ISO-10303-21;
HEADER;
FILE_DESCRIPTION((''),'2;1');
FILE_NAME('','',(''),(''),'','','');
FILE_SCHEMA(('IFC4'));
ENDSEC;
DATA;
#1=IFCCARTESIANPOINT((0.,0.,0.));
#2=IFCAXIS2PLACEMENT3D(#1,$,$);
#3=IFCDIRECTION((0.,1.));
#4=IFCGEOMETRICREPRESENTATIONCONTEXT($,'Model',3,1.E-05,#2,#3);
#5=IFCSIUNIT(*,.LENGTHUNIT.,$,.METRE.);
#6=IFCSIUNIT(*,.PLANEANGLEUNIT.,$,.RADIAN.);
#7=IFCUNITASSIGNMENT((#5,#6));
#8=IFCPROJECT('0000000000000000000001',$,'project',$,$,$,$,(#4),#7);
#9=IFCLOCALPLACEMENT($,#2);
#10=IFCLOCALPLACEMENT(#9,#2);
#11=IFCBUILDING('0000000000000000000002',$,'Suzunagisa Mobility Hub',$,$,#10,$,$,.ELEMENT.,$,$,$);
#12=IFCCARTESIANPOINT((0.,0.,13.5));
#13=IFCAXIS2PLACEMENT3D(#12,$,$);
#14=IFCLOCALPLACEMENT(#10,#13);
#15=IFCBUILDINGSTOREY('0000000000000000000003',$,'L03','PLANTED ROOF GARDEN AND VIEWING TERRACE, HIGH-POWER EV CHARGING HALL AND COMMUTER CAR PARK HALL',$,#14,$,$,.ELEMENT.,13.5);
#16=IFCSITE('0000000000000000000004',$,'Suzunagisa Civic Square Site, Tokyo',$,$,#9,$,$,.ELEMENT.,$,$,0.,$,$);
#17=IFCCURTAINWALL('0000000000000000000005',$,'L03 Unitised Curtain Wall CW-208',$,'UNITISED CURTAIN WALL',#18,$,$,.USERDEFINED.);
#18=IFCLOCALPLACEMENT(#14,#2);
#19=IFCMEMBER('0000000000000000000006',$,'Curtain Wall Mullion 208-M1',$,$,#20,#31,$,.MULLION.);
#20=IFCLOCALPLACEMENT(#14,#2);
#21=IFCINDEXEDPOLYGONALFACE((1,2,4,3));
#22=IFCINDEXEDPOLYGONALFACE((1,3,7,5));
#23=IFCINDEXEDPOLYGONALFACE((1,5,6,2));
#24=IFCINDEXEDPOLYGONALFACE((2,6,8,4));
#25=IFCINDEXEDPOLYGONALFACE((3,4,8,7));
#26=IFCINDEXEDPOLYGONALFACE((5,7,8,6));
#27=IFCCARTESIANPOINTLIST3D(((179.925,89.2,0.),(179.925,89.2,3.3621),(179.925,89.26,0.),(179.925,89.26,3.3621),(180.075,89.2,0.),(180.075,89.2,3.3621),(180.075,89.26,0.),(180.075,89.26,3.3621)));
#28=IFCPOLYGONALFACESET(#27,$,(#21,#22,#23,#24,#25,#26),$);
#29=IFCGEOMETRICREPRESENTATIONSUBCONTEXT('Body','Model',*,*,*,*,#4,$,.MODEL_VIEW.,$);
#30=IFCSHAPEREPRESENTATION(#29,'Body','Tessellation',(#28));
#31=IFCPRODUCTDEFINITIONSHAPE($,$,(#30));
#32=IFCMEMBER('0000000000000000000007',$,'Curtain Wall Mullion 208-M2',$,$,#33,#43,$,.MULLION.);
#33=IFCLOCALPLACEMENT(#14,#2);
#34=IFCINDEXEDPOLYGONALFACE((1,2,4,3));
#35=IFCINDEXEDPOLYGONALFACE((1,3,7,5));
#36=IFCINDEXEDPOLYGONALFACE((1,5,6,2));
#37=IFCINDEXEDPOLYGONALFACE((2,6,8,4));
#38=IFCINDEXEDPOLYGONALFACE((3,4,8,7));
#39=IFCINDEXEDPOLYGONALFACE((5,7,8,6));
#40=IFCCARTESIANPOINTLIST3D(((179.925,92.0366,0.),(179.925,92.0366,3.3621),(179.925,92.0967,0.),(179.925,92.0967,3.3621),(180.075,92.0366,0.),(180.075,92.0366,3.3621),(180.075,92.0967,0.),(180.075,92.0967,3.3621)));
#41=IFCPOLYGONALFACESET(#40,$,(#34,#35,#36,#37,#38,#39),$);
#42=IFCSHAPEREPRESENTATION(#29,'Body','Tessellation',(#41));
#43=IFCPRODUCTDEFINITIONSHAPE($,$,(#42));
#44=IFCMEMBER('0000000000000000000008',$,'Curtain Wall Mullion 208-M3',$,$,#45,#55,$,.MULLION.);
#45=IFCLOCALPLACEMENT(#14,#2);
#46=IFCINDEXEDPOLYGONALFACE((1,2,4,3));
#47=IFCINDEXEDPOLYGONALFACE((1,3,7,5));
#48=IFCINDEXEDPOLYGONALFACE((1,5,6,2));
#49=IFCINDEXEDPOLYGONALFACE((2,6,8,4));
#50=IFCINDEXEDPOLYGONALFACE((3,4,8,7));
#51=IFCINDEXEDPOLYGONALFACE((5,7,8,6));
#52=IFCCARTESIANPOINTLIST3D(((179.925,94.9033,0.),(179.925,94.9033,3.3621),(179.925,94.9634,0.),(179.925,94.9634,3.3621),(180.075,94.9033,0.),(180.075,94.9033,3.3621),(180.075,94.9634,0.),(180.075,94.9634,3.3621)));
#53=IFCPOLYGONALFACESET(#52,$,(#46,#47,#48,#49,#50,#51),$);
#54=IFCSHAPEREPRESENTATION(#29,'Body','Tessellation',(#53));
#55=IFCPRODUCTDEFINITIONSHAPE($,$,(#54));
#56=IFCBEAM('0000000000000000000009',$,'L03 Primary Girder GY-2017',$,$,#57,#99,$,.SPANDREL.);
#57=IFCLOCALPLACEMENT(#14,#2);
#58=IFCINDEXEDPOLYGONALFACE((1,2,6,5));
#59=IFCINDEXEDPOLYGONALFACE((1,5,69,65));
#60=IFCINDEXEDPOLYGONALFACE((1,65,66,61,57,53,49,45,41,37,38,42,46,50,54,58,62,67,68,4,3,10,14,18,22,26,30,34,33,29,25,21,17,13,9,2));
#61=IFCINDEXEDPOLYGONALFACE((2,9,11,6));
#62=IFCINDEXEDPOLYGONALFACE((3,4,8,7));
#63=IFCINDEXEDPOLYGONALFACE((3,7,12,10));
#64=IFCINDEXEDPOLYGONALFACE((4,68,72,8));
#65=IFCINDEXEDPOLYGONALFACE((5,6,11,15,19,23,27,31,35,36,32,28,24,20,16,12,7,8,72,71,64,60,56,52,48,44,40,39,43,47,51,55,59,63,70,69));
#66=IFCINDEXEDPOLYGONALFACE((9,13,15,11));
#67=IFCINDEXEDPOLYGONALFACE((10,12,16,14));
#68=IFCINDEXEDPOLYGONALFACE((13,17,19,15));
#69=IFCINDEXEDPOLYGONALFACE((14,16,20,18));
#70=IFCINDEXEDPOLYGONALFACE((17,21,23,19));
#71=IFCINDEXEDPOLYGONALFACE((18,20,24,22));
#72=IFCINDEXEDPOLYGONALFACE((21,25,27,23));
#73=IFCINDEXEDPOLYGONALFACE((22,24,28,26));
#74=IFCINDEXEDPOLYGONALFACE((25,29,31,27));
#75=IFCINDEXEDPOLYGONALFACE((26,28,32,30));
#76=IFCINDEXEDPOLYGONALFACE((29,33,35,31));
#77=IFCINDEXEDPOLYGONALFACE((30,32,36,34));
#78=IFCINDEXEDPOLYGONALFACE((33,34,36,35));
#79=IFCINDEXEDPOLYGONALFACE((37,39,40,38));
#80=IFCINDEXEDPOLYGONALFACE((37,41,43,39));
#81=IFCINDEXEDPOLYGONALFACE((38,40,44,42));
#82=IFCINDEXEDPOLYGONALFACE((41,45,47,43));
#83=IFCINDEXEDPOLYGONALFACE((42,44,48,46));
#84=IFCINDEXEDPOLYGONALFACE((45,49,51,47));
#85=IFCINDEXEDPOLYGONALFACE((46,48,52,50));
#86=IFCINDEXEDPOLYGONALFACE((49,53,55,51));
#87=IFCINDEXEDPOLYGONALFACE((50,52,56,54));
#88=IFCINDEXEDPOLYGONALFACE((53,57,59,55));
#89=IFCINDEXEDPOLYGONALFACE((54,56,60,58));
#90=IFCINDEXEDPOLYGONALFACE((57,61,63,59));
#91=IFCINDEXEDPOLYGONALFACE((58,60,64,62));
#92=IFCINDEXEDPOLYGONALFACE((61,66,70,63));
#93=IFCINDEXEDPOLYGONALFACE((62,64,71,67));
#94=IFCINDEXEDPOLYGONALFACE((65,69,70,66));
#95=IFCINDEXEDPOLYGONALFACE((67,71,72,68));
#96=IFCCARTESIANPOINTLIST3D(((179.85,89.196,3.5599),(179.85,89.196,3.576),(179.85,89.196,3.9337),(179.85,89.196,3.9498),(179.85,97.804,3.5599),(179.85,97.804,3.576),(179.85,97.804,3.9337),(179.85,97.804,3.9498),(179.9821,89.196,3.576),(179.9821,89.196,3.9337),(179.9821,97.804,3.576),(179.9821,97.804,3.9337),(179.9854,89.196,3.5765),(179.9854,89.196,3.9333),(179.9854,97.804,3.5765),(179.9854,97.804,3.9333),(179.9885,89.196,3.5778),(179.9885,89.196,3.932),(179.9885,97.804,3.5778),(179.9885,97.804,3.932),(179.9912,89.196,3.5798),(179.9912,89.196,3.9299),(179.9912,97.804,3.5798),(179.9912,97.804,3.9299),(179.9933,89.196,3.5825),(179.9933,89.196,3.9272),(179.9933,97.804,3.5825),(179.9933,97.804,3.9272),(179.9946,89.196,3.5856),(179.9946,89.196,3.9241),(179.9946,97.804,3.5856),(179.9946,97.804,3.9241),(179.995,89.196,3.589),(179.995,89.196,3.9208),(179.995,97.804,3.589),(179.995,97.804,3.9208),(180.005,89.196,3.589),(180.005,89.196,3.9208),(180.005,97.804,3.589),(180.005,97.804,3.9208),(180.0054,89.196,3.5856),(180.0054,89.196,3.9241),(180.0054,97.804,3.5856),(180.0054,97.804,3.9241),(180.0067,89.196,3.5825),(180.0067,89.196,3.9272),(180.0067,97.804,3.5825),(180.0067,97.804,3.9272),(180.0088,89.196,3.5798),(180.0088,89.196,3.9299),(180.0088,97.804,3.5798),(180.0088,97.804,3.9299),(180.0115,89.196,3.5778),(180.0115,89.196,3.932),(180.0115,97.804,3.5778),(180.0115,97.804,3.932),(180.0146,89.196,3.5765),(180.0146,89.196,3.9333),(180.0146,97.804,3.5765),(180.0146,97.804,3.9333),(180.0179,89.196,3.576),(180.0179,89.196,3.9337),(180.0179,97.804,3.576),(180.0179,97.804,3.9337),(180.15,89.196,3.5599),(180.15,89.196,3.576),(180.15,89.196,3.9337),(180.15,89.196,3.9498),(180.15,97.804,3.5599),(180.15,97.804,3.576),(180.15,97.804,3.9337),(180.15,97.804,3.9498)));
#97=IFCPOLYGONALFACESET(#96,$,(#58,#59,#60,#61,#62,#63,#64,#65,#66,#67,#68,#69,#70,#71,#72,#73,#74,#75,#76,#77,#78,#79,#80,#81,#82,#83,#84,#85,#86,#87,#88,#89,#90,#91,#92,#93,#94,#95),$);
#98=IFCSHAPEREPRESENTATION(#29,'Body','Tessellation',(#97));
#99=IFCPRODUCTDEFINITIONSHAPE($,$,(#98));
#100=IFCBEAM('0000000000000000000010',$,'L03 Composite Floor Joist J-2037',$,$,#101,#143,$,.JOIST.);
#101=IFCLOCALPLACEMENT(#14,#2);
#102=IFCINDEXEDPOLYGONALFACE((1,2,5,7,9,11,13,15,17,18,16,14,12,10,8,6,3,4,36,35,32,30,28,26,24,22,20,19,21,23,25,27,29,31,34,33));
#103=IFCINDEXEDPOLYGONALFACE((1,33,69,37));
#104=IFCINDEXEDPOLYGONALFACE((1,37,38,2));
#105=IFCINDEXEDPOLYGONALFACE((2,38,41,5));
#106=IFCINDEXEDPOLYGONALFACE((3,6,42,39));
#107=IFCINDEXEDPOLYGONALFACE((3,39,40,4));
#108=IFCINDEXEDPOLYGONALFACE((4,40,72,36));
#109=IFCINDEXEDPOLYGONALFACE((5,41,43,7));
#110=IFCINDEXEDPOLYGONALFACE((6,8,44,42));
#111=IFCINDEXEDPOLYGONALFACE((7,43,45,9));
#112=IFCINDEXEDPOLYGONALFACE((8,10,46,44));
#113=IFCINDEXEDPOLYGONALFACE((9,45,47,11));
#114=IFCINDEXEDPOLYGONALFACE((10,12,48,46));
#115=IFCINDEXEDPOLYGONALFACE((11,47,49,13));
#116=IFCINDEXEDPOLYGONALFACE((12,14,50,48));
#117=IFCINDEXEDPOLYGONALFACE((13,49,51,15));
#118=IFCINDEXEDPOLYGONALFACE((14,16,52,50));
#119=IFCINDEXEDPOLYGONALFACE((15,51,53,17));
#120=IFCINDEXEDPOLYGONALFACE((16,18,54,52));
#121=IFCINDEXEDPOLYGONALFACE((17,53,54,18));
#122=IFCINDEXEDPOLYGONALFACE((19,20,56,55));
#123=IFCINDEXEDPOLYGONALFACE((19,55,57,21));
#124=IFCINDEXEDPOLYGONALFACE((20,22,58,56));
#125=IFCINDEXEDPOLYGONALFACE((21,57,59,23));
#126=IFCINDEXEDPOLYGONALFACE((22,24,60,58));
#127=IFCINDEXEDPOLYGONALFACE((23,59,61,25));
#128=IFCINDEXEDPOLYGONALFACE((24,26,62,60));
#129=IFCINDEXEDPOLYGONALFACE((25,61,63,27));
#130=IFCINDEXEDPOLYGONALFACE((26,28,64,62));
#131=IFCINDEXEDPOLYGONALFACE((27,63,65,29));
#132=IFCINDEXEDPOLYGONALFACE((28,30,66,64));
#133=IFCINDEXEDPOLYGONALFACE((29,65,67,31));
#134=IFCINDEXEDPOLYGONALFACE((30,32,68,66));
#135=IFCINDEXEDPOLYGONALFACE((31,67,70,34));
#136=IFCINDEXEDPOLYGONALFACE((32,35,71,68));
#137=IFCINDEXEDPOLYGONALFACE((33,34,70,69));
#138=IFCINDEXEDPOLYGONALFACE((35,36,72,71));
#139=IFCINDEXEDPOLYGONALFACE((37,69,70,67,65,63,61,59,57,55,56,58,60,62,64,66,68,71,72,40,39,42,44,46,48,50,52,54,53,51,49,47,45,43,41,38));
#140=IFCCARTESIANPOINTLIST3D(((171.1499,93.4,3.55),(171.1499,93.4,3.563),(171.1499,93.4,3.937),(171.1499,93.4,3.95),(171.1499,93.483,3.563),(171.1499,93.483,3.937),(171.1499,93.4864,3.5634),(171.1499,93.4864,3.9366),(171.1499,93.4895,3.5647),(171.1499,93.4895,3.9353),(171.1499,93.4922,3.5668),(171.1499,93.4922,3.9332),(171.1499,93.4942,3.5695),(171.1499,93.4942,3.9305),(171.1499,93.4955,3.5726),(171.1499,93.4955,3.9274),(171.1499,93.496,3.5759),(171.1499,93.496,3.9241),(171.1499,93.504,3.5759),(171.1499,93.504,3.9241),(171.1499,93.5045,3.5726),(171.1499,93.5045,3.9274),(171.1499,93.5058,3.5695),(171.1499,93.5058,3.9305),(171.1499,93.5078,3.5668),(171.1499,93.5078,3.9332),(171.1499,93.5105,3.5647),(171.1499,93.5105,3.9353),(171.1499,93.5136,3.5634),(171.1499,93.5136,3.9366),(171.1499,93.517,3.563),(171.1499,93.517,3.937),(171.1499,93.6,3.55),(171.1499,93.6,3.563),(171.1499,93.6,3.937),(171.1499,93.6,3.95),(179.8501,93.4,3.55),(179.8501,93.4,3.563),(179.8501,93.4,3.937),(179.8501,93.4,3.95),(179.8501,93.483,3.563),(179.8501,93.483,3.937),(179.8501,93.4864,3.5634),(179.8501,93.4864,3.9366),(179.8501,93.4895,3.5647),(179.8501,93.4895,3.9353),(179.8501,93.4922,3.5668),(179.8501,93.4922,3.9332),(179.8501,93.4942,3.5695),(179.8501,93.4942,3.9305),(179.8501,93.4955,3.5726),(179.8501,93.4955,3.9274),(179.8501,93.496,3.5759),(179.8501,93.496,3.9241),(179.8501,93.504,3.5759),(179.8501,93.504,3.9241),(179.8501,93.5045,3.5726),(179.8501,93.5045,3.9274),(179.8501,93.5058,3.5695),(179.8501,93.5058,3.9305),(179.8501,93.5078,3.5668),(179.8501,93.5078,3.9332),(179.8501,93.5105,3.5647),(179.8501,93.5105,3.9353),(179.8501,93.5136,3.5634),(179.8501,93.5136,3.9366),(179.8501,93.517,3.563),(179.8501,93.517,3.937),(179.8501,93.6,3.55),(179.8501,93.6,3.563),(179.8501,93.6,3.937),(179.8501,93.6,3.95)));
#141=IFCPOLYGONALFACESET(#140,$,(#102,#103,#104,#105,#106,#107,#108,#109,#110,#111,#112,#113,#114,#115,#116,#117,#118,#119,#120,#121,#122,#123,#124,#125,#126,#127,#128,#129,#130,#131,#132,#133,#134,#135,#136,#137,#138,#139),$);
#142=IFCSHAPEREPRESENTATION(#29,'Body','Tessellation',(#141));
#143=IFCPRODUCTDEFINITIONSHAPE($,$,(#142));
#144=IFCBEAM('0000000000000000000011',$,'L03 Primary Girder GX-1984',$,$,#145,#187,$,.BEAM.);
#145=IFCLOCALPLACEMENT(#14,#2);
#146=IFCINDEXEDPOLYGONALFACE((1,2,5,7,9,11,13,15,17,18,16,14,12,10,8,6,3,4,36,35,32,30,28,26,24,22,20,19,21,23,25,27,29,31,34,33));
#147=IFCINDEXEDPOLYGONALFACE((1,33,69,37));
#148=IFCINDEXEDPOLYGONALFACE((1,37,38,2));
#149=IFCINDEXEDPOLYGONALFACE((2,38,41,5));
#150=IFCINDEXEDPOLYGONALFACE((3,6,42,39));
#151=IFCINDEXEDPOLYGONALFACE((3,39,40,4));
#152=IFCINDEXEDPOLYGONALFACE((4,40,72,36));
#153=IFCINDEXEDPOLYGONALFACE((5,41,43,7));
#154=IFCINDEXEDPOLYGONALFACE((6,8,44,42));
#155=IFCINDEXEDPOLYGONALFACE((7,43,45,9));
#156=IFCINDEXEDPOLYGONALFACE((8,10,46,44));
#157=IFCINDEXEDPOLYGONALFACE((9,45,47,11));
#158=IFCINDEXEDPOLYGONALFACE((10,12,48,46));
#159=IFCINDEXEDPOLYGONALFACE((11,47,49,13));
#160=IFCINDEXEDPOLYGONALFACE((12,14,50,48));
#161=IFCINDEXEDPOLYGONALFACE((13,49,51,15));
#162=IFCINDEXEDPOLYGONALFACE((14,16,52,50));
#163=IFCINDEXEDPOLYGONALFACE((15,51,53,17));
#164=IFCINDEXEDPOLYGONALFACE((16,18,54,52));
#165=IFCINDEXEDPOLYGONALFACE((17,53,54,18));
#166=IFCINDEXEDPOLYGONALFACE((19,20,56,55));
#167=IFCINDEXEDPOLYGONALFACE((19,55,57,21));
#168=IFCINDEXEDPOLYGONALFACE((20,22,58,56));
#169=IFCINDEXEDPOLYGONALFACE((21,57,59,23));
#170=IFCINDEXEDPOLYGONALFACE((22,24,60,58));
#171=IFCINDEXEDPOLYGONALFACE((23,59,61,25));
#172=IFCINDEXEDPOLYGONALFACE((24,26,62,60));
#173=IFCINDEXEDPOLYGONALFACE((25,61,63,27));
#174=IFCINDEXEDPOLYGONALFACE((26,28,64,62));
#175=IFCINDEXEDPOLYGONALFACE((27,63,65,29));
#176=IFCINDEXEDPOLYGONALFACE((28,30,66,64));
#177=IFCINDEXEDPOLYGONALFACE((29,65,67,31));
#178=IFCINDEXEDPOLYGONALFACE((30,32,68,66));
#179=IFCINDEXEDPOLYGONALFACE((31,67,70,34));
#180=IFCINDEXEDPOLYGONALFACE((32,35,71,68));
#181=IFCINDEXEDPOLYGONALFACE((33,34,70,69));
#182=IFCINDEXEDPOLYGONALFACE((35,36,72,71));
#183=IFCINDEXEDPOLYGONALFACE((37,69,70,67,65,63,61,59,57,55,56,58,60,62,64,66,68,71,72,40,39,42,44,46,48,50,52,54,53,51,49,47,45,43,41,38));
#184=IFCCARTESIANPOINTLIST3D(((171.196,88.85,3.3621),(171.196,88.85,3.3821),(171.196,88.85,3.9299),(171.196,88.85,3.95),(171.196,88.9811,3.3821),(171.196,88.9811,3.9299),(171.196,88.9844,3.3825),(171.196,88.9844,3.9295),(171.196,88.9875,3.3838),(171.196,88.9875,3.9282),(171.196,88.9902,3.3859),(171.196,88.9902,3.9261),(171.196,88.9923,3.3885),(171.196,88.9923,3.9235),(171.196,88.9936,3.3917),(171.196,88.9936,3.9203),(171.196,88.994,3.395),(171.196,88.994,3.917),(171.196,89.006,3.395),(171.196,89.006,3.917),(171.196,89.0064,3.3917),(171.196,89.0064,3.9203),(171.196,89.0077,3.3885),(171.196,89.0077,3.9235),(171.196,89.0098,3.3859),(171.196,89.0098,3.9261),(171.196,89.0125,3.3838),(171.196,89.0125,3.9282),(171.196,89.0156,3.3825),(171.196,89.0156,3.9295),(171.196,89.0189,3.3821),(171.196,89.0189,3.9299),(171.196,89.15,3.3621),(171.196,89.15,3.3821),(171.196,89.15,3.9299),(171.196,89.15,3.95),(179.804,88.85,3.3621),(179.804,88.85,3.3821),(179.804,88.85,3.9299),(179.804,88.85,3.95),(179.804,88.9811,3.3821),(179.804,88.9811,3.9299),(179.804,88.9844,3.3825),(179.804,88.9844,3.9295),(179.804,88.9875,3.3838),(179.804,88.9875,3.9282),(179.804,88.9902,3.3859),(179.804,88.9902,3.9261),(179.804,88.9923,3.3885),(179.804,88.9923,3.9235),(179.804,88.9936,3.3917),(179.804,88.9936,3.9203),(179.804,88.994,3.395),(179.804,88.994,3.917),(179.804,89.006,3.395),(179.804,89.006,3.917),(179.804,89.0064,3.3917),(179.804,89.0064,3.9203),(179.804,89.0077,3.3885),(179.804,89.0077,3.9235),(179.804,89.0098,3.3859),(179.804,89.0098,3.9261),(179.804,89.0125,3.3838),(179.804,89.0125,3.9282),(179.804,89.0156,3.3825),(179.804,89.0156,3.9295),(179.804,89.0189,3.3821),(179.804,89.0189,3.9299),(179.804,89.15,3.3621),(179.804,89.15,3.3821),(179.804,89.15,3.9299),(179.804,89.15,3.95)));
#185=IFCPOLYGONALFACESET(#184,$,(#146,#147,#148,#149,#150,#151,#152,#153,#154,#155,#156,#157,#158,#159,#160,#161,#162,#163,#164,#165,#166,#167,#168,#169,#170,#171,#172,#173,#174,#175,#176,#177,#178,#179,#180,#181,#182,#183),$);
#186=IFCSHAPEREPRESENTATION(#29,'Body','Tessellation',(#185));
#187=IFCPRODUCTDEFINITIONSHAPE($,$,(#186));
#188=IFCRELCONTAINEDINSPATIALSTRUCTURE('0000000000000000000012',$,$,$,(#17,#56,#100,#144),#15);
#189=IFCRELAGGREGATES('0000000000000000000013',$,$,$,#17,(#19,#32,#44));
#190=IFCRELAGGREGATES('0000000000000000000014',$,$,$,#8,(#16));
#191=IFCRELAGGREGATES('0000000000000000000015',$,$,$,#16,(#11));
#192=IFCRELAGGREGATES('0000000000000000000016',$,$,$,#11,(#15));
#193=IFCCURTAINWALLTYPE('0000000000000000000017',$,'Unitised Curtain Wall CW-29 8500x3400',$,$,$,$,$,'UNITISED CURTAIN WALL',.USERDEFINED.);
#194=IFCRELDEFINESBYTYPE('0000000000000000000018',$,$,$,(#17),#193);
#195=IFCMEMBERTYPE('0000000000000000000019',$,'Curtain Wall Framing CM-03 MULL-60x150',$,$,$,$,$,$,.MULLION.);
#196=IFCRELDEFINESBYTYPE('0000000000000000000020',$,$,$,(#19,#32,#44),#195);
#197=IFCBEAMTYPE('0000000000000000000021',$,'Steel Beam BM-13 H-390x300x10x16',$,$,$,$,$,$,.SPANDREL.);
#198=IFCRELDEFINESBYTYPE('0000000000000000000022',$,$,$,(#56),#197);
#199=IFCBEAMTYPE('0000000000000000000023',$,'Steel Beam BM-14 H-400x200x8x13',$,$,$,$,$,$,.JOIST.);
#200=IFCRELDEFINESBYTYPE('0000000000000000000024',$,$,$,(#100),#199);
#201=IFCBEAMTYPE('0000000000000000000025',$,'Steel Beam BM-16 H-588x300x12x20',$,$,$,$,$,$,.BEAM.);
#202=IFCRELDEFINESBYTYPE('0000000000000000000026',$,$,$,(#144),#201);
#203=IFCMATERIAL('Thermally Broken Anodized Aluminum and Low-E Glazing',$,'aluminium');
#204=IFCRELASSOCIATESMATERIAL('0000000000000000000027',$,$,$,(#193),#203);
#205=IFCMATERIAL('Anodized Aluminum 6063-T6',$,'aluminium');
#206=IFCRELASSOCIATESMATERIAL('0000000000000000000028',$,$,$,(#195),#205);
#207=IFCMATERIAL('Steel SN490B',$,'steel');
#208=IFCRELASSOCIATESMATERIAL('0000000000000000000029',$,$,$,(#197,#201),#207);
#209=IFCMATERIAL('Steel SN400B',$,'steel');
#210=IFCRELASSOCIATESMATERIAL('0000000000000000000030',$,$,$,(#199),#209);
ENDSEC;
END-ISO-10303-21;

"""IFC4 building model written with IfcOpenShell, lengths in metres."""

from ifc_helpers import new_model, si_unit, direction, frame, origin, origin_2d, place, context, subcontext, project, spatial, rectangle, i_section, extrude, material, material_profile, profile_set, type_object, element, aggregate, save


model = new_model("IFC4")

# Units and contexts
model_context = context("Model", 3, precision=1e-05, world=origin(), true_north=direction((0.0, 1.0)))
body_context = subcontext(model_context, "Body", "Model", "MODEL_VIEW")
ifc_project = project(units=[si_unit("LENGTHUNIT", "METRE"), si_unit("PLANEANGLEUNIT", "RADIAN")], contexts=[model_context])

# Site, building, storey
site_placement = place(None, origin())
site = spatial("IfcSite", under=ifc_project, at=site_placement, Name="Suzunagisa Civic Square Site, Tokyo", CompositionType="ELEMENT", RefElevation=0.0)
building_placement = place(site_placement, origin())
building = spatial("IfcBuilding", under=site, at=building_placement, Name="Suzunagisa Mobility Hub", CompositionType="ELEMENT")
storey_placement = place(building_placement, frame((0.0, 0.0, 13.5)))
storey = spatial("IfcBuildingStorey", under=building, at=storey_placement, Name="L03", Description="PLANTED ROOF GARDEN AND VIEWING TERRACE, HIGH-POWER EV CHARGING HALL AND COMMUTER CAR PARK HALL", CompositionType="ELEMENT", Elevation=13.5)

# Shared definitions
ifc_material_1 = material(Name="Steel SN490B", Category="steel")

# Curtain wall, members
ifc_material_2 = material(Name="Thermally Broken Anodized Aluminum and Low-E Glazing", Category="aluminium")
curtain_wall_type = type_object("IfcCurtainWallType", Name="Unitised Curtain Wall CW-29 8500x3400", ElementType="UNITISED CURTAIN WALL", PredefinedType="USERDEFINED", material=ifc_material_2)
curtain_wall_placement = place(storey_placement, origin())
curtain_wall = element("IfcCurtainWall", 1, at=curtain_wall_placement, inside=storey, type_object=curtain_wall_type, Name="L03 Unitised Curtain Wall CW-208", ObjectType="UNITISED CURTAIN WALL", PredefinedType="USERDEFINED")
ifc_material_3 = material(Name="Anodized Aluminum 6063-T6", Category="aluminium")
ifc_material_profile_1 = material_profile(ifc_material_3, rectangle(XDim=0.0601, YDim=0.1499, at=origin_2d()), Name="MULL-60x150")
ifc_profile_set_1 = profile_set([ifc_material_profile_1], Name="Anodized Aluminum 6063-T6")
member_type_1 = type_object("IfcMemberType", Name="Curtain Wall Framing CM-03 MULL-60x150", PredefinedType="MULLION", material=ifc_profile_set_1)
member_1_placement = place(storey_placement, frame((180.0, 89.23, 0.0), z_axis=(0.0, 0.0, 1.0), x_axis=(0.0, 1.0, 0.0)))
member_1 = element("IfcMember", 2, at=member_1_placement, type_object=member_type_1, Name="Curtain Wall Mullion 208-M1", PredefinedType="MULLION", context=body_context, shape_type="SweptSolid", body=[
    extrude(rectangle(XDim=0.0601, YDim=0.1499, at=origin_2d()), origin(), (0.0, 0.0, 1.0), 3.3621),
])
member_2_placement = place(storey_placement, frame((180.0, 92.0667, 0.0), z_axis=(0.0, 0.0, 1.0), x_axis=(0.0, 1.0, 0.0)))
member_2 = element("IfcMember", 3, at=member_2_placement, type_object=member_type_1, Name="Curtain Wall Mullion 208-M2", PredefinedType="MULLION", context=body_context, shape_type="SweptSolid", body=[
    extrude(rectangle(XDim=0.0601, YDim=0.1499, at=origin_2d()), origin(), (0.0, 0.0, 1.0), 3.3621),
])
member_3_placement = place(storey_placement, frame((180.0, 94.9333, 0.0), z_axis=(0.0, 0.0, 1.0), x_axis=(0.0, 1.0, 0.0)))
member_3 = element("IfcMember", 4, at=member_3_placement, type_object=member_type_1, Name="Curtain Wall Mullion 208-M3", PredefinedType="MULLION", context=body_context, shape_type="SweptSolid", body=[
    extrude(rectangle(XDim=0.0601, YDim=0.1499, at=origin_2d()), origin(), (0.0, 0.0, 1.0), 3.3621),
])

# Beams
ifc_material_profile_2 = material_profile(ifc_material_1, i_section(OverallWidth=0.3, OverallDepth=0.3899, WebThickness=0.01, FlangeThickness=0.0161, FilletRadius=0.0129, at=origin_2d()), Name="H-390x300x10x16")
ifc_profile_set_2 = profile_set([ifc_material_profile_2], Name="Steel SN490B")
beam_type_1 = type_object("IfcBeamType", Name="Steel Beam BM-13 H-390x300x10x16", PredefinedType="SPANDREL", material=ifc_profile_set_2)
beam_1_placement = place(storey_placement, frame((180.0, 89.196, 3.7549), z_axis=(0.0, 1.0, 0.0), x_axis=(-1.0, 0.0, 0.0)))
element("IfcBeam", 5, at=beam_1_placement, inside=storey, type_object=beam_type_1, Name="L03 Primary Girder GY-2017", PredefinedType="SPANDREL", context=body_context, shape_type="SweptSolid", body=[
    extrude(i_section(OverallWidth=0.3, OverallDepth=0.3899, WebThickness=0.01, FlangeThickness=0.0161, FilletRadius=0.0129, at=origin_2d()), origin(), (0.0, 0.0, 1.0), 8.6079),
])
ifc_material_4 = material(Name="Steel SN400B", Category="steel")
ifc_material_profile_3 = material_profile(ifc_material_4, i_section(OverallWidth=0.2, OverallDepth=0.3999, WebThickness=0.0081, FlangeThickness=0.0129, FilletRadius=0.0129, at=origin_2d()), Name="H-400x200x8x13")
ifc_profile_set_3 = profile_set([ifc_material_profile_3], Name="Steel SN400B")
beam_type_2 = type_object("IfcBeamType", Name="Steel Beam BM-14 H-400x200x8x13", PredefinedType="JOIST", material=ifc_profile_set_3)
beam_2_placement = place(storey_placement, frame((171.1499, 93.5, 3.75), z_axis=(1.0, 0.0, 0.0), x_axis=(0.0, 1.0, 0.0)))
element("IfcBeam", 6, at=beam_2_placement, inside=storey, type_object=beam_type_2, Name="L03 Composite Floor Joist J-2037", PredefinedType="JOIST", context=body_context, shape_type="SweptSolid", body=[
    extrude(i_section(OverallWidth=0.2, OverallDepth=0.3999, WebThickness=0.0081, FlangeThickness=0.0129, FilletRadius=0.0129, at=origin_2d()), origin(), (0.0, 0.0, 1.0), 8.7002),
])
ifc_material_profile_4 = material_profile(ifc_material_1, i_section(OverallWidth=0.3, OverallDepth=0.5879, WebThickness=0.012, FlangeThickness=0.02, FilletRadius=0.0129, at=origin_2d()), Name="H-588x300x12x20")
ifc_profile_set_4 = profile_set([ifc_material_profile_4], Name="Steel SN490B")
beam_type_3 = type_object("IfcBeamType", Name="Steel Beam BM-16 H-588x300x12x20", PredefinedType="BEAM", material=ifc_profile_set_4)
beam_3_placement = place(storey_placement, frame((171.196, 89.0, 3.656), z_axis=(1.0, 0.0, 0.0), x_axis=(0.0, 1.0, 0.0)))
element("IfcBeam", 7, at=beam_3_placement, inside=storey, type_object=beam_type_3, Name="L03 Primary Girder GX-1984", PredefinedType="BEAM", context=body_context, shape_type="SweptSolid", body=[
    extrude(i_section(OverallWidth=0.3, OverallDepth=0.5879, WebThickness=0.012, FlangeThickness=0.02, FilletRadius=0.0129, at=origin_2d()), origin(), (0.0, 0.0, 1.0), 8.6079),
])

aggregate(curtain_wall, [member_1, member_2, member_3])

save(model, "model.ifc")
